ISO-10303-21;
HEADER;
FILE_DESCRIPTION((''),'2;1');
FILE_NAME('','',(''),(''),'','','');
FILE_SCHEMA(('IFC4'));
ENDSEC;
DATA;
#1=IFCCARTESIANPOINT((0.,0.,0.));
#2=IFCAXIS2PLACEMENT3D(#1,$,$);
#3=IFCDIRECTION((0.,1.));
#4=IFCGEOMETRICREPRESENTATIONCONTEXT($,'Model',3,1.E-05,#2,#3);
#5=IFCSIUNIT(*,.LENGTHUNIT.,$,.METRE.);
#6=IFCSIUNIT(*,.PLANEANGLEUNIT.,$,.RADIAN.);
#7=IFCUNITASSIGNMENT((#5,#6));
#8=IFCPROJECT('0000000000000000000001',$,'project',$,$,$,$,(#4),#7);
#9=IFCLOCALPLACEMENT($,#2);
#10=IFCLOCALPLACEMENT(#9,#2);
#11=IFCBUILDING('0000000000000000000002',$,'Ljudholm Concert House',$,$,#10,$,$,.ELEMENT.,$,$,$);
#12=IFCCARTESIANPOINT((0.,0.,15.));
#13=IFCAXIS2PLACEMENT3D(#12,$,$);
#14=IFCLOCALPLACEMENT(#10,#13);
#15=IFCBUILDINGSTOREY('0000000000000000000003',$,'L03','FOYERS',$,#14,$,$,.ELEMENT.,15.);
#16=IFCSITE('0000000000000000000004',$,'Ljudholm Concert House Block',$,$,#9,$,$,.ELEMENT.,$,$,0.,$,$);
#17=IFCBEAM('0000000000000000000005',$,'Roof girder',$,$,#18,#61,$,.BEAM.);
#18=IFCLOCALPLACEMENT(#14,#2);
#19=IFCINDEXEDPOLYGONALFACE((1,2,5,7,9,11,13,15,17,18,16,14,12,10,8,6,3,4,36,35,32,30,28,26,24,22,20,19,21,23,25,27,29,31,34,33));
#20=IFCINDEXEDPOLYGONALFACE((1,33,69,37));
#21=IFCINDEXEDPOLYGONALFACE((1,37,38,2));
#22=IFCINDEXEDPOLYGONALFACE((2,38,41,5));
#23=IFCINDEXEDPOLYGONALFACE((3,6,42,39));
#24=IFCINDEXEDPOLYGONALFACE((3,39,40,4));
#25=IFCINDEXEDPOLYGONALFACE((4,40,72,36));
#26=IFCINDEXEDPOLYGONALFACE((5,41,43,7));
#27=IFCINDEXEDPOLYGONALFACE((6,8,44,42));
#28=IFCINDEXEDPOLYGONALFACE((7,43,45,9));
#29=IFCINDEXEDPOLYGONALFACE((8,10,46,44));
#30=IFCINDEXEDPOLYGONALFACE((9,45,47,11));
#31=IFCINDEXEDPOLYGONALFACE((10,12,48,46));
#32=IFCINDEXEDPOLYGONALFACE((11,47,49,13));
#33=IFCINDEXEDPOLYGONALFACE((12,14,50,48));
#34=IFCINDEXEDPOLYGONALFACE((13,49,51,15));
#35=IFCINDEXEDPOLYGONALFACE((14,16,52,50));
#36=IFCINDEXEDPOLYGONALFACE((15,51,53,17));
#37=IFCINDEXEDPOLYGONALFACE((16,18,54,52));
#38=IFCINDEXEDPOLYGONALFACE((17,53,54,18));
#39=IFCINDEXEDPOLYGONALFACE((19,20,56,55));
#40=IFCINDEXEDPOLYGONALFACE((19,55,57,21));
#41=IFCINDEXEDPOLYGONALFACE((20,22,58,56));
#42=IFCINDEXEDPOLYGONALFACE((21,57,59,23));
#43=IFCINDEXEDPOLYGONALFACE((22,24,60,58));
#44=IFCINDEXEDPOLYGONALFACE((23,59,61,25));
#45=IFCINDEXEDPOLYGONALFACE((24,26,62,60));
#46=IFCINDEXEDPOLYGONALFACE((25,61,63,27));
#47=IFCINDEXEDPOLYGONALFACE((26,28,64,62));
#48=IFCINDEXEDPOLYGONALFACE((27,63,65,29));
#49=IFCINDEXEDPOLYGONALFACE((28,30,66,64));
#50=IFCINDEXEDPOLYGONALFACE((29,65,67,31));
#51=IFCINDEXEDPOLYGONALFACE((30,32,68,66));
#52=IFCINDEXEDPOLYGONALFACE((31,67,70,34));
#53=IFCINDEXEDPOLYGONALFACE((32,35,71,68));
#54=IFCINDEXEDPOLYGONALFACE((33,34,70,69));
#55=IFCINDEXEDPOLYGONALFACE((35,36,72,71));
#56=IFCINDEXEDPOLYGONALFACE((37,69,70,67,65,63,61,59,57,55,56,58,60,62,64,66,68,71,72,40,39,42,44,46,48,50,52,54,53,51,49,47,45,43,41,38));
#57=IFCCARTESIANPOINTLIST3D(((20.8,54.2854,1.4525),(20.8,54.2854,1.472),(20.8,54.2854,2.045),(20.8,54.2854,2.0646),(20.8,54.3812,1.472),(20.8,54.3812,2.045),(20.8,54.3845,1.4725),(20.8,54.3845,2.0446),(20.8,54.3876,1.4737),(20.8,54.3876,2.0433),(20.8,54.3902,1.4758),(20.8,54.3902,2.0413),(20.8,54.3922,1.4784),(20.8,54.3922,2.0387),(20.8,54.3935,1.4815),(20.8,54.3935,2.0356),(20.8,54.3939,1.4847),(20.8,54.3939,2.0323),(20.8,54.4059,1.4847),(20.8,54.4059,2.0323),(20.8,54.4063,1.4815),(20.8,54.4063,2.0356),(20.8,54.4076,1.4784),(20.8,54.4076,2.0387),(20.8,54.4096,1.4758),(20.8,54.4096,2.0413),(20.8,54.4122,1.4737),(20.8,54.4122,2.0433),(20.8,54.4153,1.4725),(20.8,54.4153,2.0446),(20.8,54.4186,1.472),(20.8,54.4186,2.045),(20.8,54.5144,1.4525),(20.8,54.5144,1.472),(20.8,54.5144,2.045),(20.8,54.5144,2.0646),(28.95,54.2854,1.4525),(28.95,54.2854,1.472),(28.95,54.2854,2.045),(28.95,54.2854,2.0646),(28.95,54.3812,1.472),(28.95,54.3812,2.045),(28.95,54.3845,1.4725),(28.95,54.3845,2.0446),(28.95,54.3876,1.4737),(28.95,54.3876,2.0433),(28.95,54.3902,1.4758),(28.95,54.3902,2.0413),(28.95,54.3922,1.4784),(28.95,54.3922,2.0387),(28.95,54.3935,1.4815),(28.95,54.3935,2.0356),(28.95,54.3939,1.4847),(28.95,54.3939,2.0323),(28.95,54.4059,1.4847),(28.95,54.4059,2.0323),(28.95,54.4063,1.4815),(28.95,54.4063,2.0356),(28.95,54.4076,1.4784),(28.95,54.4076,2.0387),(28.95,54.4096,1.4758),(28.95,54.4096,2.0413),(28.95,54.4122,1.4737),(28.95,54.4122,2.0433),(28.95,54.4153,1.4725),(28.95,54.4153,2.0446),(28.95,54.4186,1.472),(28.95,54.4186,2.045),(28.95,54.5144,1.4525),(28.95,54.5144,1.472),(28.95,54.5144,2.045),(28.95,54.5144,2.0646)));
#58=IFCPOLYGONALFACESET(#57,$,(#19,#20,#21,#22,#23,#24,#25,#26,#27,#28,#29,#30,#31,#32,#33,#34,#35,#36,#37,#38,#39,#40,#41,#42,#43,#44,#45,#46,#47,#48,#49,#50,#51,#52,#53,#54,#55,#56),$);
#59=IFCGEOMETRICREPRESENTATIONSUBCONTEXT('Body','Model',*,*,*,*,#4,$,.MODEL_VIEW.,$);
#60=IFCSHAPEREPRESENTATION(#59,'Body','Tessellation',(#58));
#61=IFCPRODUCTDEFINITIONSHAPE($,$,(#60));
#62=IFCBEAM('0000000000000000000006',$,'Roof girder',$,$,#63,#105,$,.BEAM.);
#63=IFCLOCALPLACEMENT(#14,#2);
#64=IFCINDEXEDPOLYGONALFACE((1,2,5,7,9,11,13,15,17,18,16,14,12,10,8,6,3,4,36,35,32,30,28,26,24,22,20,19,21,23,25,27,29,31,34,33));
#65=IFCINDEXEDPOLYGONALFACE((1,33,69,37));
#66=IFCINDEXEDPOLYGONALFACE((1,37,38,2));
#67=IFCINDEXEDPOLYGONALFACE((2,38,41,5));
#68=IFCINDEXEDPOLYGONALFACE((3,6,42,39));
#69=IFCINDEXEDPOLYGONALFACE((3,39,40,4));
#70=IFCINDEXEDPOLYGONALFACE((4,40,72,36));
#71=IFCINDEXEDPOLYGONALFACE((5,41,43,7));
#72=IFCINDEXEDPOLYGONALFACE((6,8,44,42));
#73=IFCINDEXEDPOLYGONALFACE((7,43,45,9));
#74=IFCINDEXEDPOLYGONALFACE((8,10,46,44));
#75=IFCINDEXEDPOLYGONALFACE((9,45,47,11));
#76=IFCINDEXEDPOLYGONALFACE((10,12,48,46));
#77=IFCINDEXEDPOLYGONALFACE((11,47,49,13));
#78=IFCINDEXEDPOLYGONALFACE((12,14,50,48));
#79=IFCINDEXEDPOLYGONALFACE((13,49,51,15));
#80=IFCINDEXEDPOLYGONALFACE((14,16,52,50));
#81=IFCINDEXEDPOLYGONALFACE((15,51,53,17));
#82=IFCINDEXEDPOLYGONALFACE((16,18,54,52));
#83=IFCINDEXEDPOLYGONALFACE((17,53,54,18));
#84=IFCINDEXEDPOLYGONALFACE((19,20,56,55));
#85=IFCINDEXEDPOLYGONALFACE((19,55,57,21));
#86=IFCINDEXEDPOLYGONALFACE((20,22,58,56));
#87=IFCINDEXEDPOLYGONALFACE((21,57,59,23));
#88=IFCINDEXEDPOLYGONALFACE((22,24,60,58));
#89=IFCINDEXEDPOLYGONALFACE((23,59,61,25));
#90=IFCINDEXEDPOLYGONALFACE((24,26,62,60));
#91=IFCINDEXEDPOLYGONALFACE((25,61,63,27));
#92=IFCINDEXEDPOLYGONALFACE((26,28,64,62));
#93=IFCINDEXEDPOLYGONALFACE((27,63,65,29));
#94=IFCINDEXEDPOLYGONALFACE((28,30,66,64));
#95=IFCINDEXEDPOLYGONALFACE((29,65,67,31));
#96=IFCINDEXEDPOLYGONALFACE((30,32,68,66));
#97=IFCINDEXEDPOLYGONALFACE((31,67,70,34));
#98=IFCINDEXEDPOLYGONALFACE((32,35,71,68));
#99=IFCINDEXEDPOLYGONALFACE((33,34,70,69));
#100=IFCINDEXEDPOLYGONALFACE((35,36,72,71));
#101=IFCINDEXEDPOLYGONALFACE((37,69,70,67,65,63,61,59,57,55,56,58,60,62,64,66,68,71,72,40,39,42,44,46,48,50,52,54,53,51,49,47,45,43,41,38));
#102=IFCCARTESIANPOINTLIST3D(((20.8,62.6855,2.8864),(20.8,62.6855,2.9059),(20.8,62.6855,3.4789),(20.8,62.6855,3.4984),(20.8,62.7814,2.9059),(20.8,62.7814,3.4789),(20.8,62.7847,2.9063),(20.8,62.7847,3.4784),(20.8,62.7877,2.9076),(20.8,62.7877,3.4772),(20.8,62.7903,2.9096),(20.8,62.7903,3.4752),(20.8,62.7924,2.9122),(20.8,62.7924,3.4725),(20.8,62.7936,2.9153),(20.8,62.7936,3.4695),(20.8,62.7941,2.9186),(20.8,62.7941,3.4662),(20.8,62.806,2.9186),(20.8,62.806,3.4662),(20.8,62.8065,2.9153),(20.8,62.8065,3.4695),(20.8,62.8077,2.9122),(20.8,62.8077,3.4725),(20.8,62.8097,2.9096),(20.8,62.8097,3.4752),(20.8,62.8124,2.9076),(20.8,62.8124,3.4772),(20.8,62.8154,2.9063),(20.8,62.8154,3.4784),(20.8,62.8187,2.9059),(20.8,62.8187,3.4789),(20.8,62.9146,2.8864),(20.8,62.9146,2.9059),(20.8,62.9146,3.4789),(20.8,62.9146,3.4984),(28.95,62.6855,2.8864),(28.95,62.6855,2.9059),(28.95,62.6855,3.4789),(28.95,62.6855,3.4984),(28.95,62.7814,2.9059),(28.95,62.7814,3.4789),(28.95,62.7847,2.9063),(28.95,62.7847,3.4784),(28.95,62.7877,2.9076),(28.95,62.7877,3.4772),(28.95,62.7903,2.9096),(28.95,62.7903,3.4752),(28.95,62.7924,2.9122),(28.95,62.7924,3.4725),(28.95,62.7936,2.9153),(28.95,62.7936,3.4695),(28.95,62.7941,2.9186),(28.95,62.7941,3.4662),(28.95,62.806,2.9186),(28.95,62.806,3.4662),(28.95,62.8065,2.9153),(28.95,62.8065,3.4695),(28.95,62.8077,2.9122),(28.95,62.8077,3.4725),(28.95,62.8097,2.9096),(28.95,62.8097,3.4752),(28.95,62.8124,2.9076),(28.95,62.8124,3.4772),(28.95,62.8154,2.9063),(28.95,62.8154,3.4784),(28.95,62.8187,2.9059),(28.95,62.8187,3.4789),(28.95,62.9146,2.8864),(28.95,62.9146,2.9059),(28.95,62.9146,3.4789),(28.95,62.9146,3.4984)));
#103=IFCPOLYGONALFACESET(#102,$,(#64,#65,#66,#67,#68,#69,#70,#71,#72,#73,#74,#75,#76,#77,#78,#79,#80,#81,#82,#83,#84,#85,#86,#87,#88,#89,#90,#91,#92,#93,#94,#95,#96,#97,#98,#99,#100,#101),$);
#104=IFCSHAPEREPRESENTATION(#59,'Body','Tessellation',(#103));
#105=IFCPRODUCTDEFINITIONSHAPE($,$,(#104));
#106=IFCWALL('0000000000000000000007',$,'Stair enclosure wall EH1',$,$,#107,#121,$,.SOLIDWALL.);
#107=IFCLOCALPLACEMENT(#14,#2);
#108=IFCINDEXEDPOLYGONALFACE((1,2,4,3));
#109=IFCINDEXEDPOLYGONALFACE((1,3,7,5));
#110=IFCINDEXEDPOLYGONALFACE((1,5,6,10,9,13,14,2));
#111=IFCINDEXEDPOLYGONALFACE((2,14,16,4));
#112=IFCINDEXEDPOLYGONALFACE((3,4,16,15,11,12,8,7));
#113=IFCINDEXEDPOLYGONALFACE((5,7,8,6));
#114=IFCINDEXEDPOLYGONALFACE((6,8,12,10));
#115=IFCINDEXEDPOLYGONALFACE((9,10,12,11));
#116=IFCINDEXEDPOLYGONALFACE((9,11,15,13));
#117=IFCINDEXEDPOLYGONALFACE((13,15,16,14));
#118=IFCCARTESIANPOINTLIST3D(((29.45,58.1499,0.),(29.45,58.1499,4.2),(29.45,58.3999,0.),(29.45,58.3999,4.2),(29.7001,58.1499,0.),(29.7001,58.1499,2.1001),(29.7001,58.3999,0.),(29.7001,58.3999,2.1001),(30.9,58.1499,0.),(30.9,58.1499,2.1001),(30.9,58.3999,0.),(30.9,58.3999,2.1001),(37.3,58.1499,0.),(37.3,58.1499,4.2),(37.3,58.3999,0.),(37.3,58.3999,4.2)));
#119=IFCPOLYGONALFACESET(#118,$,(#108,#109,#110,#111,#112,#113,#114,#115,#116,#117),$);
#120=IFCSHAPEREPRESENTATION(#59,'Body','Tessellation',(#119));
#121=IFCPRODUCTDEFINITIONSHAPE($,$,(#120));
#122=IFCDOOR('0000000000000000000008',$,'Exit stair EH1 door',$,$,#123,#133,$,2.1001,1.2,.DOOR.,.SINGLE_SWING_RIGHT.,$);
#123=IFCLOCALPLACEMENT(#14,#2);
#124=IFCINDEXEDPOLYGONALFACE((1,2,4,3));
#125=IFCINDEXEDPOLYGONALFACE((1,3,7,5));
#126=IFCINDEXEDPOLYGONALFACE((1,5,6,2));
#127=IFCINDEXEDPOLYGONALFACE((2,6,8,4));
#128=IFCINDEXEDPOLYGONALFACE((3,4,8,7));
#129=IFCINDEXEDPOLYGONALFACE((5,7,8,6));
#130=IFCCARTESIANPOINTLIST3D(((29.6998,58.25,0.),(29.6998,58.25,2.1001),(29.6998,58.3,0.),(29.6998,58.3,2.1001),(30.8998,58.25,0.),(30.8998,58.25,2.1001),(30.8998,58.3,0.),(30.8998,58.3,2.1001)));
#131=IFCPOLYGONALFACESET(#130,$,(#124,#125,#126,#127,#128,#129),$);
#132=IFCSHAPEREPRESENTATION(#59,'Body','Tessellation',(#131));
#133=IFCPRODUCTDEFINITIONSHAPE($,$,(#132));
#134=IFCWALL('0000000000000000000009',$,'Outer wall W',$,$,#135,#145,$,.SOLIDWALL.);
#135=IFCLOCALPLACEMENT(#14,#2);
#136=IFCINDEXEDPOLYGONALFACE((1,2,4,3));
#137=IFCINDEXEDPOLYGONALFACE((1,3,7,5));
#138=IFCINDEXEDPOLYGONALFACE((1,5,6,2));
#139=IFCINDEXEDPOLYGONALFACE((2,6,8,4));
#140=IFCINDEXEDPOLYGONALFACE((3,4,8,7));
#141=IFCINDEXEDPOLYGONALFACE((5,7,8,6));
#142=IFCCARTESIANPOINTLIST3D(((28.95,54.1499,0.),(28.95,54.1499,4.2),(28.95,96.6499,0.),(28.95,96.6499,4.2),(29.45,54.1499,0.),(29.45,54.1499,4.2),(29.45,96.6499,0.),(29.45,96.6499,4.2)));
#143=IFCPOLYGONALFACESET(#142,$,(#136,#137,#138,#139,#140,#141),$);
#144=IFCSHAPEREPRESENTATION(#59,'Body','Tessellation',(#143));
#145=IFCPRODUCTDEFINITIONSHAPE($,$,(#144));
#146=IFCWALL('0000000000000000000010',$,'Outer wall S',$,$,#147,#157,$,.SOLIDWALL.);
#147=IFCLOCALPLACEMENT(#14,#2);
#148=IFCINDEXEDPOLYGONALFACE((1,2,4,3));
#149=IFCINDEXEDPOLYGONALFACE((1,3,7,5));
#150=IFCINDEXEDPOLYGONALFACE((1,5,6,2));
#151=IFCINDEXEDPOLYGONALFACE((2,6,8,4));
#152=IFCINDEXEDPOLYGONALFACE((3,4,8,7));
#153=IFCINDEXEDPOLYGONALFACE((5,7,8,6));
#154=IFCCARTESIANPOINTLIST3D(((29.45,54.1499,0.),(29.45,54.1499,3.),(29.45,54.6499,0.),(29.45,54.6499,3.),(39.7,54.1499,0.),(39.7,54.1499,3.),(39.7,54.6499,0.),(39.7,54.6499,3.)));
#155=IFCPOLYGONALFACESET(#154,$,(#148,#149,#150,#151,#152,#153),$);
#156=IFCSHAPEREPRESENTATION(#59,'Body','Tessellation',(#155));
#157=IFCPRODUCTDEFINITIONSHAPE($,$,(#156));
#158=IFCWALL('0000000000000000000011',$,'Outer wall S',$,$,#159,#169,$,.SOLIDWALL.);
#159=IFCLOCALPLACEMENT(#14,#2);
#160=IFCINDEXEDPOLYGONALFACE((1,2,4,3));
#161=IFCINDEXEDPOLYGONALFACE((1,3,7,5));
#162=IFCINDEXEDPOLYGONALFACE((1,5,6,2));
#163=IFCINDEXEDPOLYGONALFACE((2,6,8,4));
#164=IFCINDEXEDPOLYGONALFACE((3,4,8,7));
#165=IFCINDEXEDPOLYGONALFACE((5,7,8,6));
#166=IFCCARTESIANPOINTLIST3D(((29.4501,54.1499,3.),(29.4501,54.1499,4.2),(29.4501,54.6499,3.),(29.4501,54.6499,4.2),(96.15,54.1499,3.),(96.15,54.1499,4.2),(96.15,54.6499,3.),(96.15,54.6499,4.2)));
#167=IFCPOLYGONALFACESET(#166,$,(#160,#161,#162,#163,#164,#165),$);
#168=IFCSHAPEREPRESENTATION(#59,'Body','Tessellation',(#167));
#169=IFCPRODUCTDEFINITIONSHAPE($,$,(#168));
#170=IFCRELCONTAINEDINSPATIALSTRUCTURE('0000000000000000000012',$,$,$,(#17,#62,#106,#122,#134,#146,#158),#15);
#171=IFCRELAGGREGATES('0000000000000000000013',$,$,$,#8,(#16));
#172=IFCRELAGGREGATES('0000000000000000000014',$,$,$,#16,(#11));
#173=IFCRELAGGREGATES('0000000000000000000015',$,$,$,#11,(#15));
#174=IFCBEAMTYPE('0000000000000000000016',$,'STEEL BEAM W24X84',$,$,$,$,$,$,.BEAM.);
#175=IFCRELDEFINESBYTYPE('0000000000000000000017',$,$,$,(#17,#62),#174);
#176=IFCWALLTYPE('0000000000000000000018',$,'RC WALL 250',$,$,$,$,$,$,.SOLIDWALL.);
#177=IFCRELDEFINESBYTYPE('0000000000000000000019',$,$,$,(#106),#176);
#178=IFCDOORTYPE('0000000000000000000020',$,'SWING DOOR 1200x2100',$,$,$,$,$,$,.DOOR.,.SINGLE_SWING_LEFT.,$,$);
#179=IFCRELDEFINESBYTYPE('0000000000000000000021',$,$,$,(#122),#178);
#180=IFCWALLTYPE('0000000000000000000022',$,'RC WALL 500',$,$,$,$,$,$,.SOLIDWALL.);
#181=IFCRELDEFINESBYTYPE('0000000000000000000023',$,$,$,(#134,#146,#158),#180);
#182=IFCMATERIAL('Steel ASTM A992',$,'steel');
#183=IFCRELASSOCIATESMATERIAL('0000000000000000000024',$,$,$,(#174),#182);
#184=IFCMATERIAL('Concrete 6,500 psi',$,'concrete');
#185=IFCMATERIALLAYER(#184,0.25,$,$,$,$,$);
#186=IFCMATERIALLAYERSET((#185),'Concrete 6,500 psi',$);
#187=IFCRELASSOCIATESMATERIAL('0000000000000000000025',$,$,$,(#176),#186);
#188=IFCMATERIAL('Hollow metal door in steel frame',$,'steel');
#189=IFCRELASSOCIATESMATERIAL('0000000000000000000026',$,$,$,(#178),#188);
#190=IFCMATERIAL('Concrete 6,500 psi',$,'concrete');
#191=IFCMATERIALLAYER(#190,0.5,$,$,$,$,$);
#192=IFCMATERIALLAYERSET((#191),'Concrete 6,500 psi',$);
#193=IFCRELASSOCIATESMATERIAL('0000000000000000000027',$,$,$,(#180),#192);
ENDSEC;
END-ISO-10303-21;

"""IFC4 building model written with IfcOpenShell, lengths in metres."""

from ifc_helpers import new_model, si_unit, direction, frame, frame_2d, origin, origin_2d, place, context, subcontext, project, spatial, rectangle, i_section, extrude, material, layer, layer_set, material_profile, profile_set, type_object, element, fill, save


model = new_model("IFC4")

# Units and contexts
model_context = context("Model", 3, precision=1e-05, world=origin(), true_north=direction((0.0, 1.0)))
body_context = subcontext(model_context, "Body", "Model", "MODEL_VIEW")
ifc_project = project(units=[si_unit("LENGTHUNIT", "METRE"), si_unit("PLANEANGLEUNIT", "RADIAN")], contexts=[model_context])

# Site, building, storey
site_placement = place(None, origin())
site = spatial("IfcSite", under=ifc_project, at=site_placement, Name="Ljudholm Concert House Block", CompositionType="ELEMENT", RefElevation=0.0)
building_placement = place(site_placement, origin())
building = spatial("IfcBuilding", under=site, at=building_placement, Name="Ljudholm Concert House", CompositionType="ELEMENT")
storey_placement = place(building_placement, frame((0.0, 0.0, 15.0)))
storey = spatial("IfcBuildingStorey", under=building, at=storey_placement, Name="L03", Description="FOYERS", CompositionType="ELEMENT", Elevation=15.0)

# Beams
ifc_material_1 = material(Name="Steel ASTM A992", Category="steel")
ifc_material_profile_1 = material_profile(ifc_material_1, i_section(OverallWidth=0.229, OverallDepth=0.6121, WebThickness=0.012, FlangeThickness=0.0195, FilletRadius=0.0127, at=origin_2d()), Name="W24X84")
ifc_profile_set_1 = profile_set([ifc_material_profile_1], Name="Steel ASTM A992")
beam_type_1 = type_object("IfcBeamType", Name="STEEL BEAM W24X84", PredefinedType="BEAM", material=ifc_profile_set_1)
for number, where, z_axis, x_axis, name in (
    (1, (20.8, 54.3999, 1.7585), (1.0, 0.0, 0.0), (0.0, 1.0, 0.0), "Roof girder"),
    (2, (20.8, 62.8, 3.1924), (1.0, 0.0, 0.0), (0.0, 1.0, 0.0), "Roof girder"),
):
    element("IfcBeam", number, at=place(storey_placement, frame(where, z_axis=z_axis, x_axis=x_axis)), inside=storey, type_object=beam_type_1, Name=name, PredefinedType="BEAM", context=body_context, shape_type="SweptSolid", body=[
        extrude(i_section(OverallWidth=0.229, OverallDepth=0.6121, WebThickness=0.012, FlangeThickness=0.0195, FilletRadius=0.0127, at=origin_2d()), origin(), (0.0, 0.0, 1.0), 8.1499),
    ])

# Wall, opening, door
ifc_material_2 = material(Name="Concrete 6,500 psi", Category="concrete")
ifc_layer_1 = layer(ifc_material_2, 0.25)
ifc_layer_set_1 = layer_set([ifc_layer_1], Name="Concrete 6,500 psi")
wall_type_1 = type_object("IfcWallType", Name="RC WALL 250", PredefinedType="SOLIDWALL", material=ifc_layer_set_1)
wall_1_placement = place(storey_placement, frame((29.45, 58.2749, 0.0), z_axis=(0.0, 0.0, 1.0), x_axis=(1.0, 0.0, 0.0)))
wall_1 = element("IfcWall", 3, at=wall_1_placement, inside=storey, type_object=wall_type_1, Name="Stair enclosure wall EH1", PredefinedType="SOLIDWALL", context=body_context, shape_type="SweptSolid", body=[
    extrude(rectangle(XDim=7.8501, YDim=0.25, at=frame_2d((3.925, 0.0))), origin(), (0.0, 0.0, 1.0), 4.2),
])
opening_placement = place(wall_1_placement, frame((0.25, 0.0, 0.0)))
opening = element("IfcOpeningElement", 4, at=opening_placement, cuts=wall_1, PredefinedType="OPENING", context=body_context, shape_type="SweptSolid", body=[
    extrude(rectangle(XDim=1.2, YDim=2.1001, at=frame_2d((0.6001, 1.05))), frame((0.0, 0.135, 0.0), z_axis=(0.0, -1.0, 0.0), x_axis=(1.0, 0.0, 0.0)), (0.0, 0.0, 1.0), 0.27),
])
ifc_material_3 = material(Name="Hollow metal door in steel frame", Category="steel")
door_type = type_object("IfcDoorType", Name="SWING DOOR 1200x2100", OperationType="SINGLE_SWING_LEFT", PredefinedType="DOOR", material=ifc_material_3)
door_placement = place(opening_placement, frame((1.2, 0.0, 0.0), z_axis=(0.0, 0.0, 1.0), x_axis=(-1.0, 0.0, 0.0)))
door = element("IfcDoor", 5, at=door_placement, inside=storey, type_object=door_type, Name="Exit stair EH1 door", OperationType="SINGLE_SWING_RIGHT", OverallHeight=2.1001, OverallWidth=1.2, PredefinedType="DOOR", context=body_context, shape_type="SweptSolid", body=[
    extrude(rectangle(XDim=1.2, YDim=2.1001, at=frame_2d((0.6001, 1.05))), frame((0.0, 0.0249, 0.0), z_axis=(0.0, -1.0, 0.0), x_axis=(1.0, 0.0, 0.0)), (0.0, 0.0, 1.0), 0.05),
])
fill(opening, door)

# Walls
ifc_material_4 = material(Name="Concrete 6,500 psi", Category="concrete")
ifc_layer_2 = layer(ifc_material_4, 0.5)
ifc_layer_set_2 = layer_set([ifc_layer_2], Name="Concrete 6,500 psi")
wall_type_2 = type_object("IfcWallType", Name="RC WALL 500", PredefinedType="SOLIDWALL", material=ifc_layer_set_2)
wall_2_placement = place(storey_placement, frame((29.2, 54.1499, 0.0), z_axis=(0.0, 0.0, 1.0), x_axis=(0.0, 1.0, 0.0)))
element("IfcWall", 6, at=wall_2_placement, inside=storey, type_object=wall_type_2, Name="Outer wall W", PredefinedType="SOLIDWALL", context=body_context, shape_type="SweptSolid", body=[
    extrude(rectangle(XDim=42.5, YDim=0.5, at=frame_2d((21.25, 0.0))), origin(), (0.0, 0.0, 1.0), 4.2),
])
wall_3_placement = place(storey_placement, frame((29.45, 54.3999, 0.0), z_axis=(0.0, 0.0, 1.0), x_axis=(1.0, 0.0, 0.0)))
element("IfcWall", 7, at=wall_3_placement, inside=storey, type_object=wall_type_2, Name="Outer wall S", PredefinedType="SOLIDWALL", context=body_context, shape_type="SweptSolid", body=[
    extrude(rectangle(XDim=10.25, YDim=0.5, at=frame_2d((5.125, 0.0))), origin(), (0.0, 0.0, 1.0), 3.0),
])
wall_4_placement = place(storey_placement, frame((29.45, 54.3999, 3.0), z_axis=(0.0, 0.0, 1.0), x_axis=(1.0, 0.0, 0.0)))
element("IfcWall", 8, at=wall_4_placement, inside=storey, type_object=wall_type_2, Name="Outer wall S", PredefinedType="SOLIDWALL", context=body_context, shape_type="SweptSolid", body=[
    extrude(rectangle(XDim=66.7, YDim=0.5, at=frame_2d((33.3501, 0.0))), origin(), (0.0, 0.0, 1.0), 1.2),
])

save(model, "model.ifc")
